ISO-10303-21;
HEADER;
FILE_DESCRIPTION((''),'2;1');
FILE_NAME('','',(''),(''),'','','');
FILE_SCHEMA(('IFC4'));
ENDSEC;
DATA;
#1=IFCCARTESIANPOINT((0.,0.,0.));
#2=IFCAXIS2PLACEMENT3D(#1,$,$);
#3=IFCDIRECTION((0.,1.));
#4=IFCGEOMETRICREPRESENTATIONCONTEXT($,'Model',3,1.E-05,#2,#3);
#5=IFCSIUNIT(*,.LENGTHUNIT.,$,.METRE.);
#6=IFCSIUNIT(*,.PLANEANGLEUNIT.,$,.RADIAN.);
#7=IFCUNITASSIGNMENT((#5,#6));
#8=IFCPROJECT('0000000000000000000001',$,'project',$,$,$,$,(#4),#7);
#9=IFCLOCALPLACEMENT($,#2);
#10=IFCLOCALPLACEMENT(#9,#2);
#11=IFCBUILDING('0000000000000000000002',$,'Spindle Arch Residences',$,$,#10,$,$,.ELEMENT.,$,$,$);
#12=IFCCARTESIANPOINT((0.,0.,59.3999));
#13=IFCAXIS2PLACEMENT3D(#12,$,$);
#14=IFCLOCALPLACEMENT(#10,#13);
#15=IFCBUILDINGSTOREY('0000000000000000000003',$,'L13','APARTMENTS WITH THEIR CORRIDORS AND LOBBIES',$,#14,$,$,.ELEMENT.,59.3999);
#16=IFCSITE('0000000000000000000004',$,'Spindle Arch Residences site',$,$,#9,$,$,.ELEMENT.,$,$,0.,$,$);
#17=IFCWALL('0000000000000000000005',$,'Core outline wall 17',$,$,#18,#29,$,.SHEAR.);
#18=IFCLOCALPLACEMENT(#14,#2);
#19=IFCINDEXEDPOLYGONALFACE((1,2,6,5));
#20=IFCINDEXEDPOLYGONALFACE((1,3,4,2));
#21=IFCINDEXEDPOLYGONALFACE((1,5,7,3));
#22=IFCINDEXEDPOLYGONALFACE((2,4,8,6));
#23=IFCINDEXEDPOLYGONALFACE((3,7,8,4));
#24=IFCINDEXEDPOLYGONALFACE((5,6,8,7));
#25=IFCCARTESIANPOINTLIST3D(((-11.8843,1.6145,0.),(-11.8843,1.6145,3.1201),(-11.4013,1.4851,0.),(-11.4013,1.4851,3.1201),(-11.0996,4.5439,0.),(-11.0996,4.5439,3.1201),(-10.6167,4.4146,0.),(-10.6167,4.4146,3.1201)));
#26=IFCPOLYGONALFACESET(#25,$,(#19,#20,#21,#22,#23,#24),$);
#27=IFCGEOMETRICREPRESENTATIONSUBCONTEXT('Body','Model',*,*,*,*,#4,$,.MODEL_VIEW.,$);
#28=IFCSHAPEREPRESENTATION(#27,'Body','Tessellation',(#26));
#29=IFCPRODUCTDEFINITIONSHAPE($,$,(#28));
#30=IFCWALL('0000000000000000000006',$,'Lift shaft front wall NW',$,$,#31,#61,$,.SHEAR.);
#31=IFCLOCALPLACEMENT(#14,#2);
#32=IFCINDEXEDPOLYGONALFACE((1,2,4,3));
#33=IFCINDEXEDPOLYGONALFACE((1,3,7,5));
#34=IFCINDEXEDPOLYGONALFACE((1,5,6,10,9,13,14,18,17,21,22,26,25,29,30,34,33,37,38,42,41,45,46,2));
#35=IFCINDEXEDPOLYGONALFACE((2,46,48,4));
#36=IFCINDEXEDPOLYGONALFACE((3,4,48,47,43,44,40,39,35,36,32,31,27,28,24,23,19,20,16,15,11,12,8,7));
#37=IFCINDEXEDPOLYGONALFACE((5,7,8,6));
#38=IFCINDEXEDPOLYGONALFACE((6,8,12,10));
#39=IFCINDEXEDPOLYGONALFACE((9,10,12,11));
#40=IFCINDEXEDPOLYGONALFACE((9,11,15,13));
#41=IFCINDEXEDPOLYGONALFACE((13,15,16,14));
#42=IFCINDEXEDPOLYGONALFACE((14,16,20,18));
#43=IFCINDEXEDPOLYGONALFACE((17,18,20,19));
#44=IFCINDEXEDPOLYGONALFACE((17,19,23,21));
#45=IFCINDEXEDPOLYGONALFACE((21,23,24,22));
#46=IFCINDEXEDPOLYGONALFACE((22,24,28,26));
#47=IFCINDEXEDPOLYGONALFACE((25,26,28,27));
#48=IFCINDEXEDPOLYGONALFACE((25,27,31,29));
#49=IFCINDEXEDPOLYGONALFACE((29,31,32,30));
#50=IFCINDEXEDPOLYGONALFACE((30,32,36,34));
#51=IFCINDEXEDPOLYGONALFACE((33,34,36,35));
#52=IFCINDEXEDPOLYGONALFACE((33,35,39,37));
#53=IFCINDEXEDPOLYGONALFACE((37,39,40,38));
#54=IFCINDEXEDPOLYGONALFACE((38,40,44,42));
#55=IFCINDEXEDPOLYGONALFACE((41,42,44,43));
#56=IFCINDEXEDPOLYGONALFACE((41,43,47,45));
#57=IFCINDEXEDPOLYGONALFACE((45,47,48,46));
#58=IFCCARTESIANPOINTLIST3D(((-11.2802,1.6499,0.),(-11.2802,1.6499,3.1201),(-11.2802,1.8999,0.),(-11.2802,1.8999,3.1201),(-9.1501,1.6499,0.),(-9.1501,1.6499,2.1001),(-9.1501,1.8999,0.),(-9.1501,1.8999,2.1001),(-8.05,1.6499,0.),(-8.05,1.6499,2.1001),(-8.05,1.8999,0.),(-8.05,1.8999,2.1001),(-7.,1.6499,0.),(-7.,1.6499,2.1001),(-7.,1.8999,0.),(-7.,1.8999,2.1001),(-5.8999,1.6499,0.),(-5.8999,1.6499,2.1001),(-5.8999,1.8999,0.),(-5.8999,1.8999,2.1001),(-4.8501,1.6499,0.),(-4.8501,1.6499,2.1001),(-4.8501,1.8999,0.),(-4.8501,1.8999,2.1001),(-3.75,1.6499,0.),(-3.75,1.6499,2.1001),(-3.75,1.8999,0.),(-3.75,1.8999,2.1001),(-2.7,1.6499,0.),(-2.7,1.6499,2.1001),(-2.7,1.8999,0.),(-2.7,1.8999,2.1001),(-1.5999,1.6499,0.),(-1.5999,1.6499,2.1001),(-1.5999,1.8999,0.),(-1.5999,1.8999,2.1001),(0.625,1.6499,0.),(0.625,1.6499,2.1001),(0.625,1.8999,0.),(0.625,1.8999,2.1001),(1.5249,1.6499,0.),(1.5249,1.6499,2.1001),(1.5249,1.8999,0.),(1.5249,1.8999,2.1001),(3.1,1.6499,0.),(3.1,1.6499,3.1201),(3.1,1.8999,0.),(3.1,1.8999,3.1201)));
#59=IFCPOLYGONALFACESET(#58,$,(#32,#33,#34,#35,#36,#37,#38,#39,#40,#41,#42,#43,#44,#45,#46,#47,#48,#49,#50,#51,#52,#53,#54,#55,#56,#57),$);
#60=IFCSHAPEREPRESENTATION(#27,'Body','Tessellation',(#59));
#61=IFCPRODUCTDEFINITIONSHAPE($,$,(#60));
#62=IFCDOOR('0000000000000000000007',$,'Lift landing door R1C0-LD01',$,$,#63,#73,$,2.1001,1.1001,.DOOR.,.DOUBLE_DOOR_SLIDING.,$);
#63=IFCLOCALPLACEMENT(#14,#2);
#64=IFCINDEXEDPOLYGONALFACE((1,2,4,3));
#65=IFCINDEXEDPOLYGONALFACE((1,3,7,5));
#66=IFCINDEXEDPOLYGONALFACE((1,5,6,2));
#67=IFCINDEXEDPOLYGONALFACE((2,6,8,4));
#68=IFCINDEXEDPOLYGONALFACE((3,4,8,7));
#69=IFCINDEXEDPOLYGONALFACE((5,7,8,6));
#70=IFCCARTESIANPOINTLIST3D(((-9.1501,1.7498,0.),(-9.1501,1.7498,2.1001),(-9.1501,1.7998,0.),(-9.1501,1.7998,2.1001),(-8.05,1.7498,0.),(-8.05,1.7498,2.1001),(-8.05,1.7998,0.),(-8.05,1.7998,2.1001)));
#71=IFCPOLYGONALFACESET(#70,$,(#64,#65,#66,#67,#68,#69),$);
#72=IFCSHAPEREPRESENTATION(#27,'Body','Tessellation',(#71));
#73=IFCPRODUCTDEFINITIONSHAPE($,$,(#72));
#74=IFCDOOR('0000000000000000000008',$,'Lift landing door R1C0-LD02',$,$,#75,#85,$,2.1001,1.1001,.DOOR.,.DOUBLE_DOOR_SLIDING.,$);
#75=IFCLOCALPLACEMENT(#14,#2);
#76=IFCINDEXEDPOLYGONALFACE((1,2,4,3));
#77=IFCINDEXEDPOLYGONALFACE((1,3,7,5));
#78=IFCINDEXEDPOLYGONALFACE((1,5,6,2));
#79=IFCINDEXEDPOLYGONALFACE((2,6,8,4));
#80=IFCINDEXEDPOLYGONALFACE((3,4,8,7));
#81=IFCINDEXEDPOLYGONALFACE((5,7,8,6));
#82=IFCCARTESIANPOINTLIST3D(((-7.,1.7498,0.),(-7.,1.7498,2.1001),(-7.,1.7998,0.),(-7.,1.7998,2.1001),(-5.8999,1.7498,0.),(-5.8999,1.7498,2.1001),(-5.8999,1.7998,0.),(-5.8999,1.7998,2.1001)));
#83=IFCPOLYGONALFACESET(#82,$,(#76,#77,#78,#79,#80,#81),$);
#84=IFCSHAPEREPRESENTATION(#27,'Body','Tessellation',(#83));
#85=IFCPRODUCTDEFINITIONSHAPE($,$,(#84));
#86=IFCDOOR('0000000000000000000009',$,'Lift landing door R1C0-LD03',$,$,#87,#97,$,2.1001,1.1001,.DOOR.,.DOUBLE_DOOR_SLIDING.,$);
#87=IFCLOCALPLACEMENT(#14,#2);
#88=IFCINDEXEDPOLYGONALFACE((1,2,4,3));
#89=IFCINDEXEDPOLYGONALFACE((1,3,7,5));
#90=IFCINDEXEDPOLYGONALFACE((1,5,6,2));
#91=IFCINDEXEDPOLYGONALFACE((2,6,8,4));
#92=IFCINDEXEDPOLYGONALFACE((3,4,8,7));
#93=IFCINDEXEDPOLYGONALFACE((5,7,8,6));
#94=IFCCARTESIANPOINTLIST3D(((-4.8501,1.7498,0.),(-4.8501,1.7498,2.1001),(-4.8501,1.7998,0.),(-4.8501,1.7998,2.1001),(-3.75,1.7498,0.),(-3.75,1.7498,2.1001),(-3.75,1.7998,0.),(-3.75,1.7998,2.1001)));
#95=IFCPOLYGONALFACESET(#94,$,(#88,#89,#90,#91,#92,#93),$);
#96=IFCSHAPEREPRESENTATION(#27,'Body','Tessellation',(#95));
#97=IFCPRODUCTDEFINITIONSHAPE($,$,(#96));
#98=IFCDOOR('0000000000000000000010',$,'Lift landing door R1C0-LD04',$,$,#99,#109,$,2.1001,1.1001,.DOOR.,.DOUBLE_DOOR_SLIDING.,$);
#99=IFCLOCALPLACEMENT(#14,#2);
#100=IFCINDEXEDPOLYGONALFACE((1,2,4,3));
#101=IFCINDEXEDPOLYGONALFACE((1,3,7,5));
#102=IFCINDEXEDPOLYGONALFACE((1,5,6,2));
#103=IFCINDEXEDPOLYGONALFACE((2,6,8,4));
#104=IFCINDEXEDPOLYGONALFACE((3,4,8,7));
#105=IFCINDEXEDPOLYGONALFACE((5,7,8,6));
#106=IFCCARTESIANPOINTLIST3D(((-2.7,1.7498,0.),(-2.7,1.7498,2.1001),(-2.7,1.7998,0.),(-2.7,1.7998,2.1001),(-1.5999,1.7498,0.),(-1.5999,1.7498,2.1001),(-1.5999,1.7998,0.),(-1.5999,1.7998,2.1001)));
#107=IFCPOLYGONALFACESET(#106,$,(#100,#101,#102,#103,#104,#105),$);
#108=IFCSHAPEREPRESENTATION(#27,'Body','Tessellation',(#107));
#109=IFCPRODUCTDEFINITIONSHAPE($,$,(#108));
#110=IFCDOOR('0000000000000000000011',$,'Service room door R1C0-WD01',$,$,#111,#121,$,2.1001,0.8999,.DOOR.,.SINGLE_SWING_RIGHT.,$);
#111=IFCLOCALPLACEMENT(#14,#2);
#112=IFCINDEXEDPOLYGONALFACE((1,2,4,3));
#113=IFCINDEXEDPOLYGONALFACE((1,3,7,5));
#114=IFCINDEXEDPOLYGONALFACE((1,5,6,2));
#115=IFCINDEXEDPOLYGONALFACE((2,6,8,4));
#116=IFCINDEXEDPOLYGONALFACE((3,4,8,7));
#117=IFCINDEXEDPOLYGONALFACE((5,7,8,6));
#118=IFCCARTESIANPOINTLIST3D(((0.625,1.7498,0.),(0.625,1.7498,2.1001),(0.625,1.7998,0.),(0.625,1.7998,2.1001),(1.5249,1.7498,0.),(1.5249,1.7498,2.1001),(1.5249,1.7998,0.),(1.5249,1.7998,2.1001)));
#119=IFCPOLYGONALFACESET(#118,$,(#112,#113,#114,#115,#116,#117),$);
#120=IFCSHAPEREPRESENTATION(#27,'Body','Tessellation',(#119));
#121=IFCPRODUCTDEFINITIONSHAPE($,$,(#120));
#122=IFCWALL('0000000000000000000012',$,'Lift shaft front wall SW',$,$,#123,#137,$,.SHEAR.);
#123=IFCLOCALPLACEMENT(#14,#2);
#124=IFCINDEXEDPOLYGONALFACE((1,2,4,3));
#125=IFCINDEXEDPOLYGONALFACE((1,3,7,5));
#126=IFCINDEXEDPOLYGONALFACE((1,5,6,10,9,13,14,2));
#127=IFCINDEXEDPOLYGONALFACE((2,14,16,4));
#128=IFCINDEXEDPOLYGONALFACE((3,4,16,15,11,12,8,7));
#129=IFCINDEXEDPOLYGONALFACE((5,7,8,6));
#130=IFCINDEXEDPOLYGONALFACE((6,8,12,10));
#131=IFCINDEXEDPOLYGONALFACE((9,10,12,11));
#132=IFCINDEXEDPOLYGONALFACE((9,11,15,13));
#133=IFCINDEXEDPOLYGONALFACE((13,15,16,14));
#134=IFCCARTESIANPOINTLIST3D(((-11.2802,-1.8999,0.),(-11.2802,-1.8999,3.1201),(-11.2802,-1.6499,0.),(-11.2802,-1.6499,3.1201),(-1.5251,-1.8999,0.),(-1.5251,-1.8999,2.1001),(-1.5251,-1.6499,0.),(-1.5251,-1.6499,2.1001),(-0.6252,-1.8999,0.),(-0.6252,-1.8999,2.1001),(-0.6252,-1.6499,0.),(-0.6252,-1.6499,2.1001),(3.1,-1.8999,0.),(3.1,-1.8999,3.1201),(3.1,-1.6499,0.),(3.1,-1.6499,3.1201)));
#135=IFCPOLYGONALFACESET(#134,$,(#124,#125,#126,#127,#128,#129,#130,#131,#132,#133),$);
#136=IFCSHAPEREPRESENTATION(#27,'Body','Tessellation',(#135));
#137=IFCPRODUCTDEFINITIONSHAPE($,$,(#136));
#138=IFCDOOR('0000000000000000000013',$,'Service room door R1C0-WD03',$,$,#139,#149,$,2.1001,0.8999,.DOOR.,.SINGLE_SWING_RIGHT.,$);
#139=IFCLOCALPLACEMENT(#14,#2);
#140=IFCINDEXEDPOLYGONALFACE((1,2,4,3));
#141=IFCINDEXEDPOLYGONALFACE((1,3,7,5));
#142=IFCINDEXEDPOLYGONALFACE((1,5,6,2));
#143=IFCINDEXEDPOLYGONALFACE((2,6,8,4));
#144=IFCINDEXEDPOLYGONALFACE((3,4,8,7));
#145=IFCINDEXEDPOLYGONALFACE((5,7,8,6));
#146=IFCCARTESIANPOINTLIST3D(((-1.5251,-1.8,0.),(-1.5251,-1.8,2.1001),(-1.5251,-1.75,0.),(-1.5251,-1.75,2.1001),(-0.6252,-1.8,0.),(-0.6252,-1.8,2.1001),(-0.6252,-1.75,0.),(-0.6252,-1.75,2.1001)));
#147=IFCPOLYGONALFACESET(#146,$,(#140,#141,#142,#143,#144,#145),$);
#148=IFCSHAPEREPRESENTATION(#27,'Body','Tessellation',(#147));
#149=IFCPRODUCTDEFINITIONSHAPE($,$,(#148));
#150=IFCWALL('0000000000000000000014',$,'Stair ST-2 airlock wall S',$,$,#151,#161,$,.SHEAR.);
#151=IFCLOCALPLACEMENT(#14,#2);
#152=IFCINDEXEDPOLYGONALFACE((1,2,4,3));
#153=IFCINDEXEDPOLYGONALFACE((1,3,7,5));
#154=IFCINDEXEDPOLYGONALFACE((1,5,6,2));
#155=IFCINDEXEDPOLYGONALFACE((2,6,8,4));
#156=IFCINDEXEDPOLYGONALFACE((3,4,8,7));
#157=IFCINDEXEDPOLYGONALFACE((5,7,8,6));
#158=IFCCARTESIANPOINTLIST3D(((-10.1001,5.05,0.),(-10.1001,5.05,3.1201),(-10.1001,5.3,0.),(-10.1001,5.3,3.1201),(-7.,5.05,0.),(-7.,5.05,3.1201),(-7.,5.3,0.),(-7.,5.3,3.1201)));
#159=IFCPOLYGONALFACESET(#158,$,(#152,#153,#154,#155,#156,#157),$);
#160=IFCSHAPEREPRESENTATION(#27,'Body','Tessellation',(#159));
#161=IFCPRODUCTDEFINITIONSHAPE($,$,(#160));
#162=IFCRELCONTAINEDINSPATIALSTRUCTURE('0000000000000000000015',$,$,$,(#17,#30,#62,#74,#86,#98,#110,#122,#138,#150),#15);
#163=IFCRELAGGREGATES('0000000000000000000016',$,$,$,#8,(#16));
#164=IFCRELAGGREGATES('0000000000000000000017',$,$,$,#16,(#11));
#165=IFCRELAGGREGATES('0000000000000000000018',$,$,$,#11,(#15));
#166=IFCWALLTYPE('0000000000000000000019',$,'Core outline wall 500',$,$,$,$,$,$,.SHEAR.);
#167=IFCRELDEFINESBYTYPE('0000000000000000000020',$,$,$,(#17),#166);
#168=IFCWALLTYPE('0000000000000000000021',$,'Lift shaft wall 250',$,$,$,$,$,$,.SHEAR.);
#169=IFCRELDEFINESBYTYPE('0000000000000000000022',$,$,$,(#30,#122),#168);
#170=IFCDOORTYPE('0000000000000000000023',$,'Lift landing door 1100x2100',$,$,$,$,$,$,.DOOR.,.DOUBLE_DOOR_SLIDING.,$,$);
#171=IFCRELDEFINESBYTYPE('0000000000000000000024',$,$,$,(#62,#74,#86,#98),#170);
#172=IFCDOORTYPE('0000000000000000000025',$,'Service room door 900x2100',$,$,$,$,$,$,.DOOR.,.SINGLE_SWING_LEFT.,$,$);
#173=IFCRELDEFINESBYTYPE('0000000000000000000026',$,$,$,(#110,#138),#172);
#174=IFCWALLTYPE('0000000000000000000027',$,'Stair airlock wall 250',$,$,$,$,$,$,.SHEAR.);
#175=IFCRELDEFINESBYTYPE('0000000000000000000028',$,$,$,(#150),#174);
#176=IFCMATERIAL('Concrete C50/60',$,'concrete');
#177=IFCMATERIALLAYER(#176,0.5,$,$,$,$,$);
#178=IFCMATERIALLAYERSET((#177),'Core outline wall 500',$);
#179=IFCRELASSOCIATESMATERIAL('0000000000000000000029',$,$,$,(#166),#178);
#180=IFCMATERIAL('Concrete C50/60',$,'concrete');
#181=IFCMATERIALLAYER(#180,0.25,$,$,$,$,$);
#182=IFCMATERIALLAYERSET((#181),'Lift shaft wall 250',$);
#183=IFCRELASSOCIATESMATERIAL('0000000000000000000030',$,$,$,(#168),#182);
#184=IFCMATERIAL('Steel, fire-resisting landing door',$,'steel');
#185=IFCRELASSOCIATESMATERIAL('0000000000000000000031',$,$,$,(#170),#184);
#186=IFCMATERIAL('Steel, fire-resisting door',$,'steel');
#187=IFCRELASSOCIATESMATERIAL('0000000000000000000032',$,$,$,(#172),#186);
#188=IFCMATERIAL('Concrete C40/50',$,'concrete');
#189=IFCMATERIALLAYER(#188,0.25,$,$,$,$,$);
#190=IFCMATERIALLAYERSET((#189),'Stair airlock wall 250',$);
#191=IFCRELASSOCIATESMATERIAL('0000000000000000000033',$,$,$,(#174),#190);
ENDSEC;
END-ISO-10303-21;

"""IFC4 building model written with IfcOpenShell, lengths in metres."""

from ifc_helpers import new_model, si_unit, direction, frame, frame_2d, origin, place, context, subcontext, project, spatial, rectangle, extrude, material, layer, layer_set, type_object, element, fill, save


model = new_model("IFC4")

# Units and contexts
model_context = context("Model", 3, precision=1e-05, world=origin(), true_north=direction((0.0, 1.0)))
body_context = subcontext(model_context, "Body", "Model", "MODEL_VIEW")
ifc_project = project(units=[si_unit("LENGTHUNIT", "METRE"), si_unit("PLANEANGLEUNIT", "RADIAN")], contexts=[model_context])

# Site, building, storey
site_placement = place(None, origin())
site = spatial("IfcSite", under=ifc_project, at=site_placement, Name="Spindle Arch Residences site", CompositionType="ELEMENT", RefElevation=0.0)
building_placement = place(site_placement, origin())
building = spatial("IfcBuilding", under=site, at=building_placement, Name="Spindle Arch Residences", CompositionType="ELEMENT")
storey_placement = place(building_placement, frame((0.0, 0.0, 59.3999)))
storey = spatial("IfcBuildingStorey", under=building, at=storey_placement, Name="L13", Description="APARTMENTS WITH THEIR CORRIDORS AND LOBBIES", CompositionType="ELEMENT", Elevation=59.3999)

# Wall
ifc_material_1 = material(Name="Concrete C50/60", Category="concrete")
ifc_layer_1 = layer(ifc_material_1, 0.5)
ifc_layer_set_1 = layer_set([ifc_layer_1], Name="Core outline wall 500")
wall_type_1 = type_object("IfcWallType", Name="Core outline wall 500", PredefinedType="SHEAR", material=ifc_layer_set_1)
wall_1_placement = place(storey_placement, frame((-10.8582, 4.4792, 0.0), z_axis=(0.0, 0.0, 1.0), x_axis=(-0.258735, -0.965948, 0.0)))
element("IfcWall", 1, at=wall_1_placement, inside=storey, type_object=wall_type_1, Name="Core outline wall 17", PredefinedType="SHEAR", context=body_context, shape_type="SweptSolid", body=[
    extrude(rectangle(XDim=3.0327, YDim=0.5, at=frame_2d((1.5164, 0.0))), origin(), (0.0, 0.0, 1.0), 3.1201),
])

# Wall, openings, doors
ifc_material_2 = material(Name="Concrete C50/60", Category="concrete")
ifc_layer_2 = layer(ifc_material_2, 0.25)
ifc_layer_set_2 = layer_set([ifc_layer_2], Name="Lift shaft wall 250")
wall_type_2 = type_object("IfcWallType", Name="Lift shaft wall 250", PredefinedType="SHEAR", material=ifc_layer_set_2)
wall_2_placement = place(storey_placement, frame((-11.28, 1.7749, 0.0), z_axis=(0.0, 0.0, 1.0), x_axis=(1.0, 0.0, 0.0)))
wall_2 = element("IfcWall", 2, at=wall_2_placement, inside=storey, type_object=wall_type_2, Name="Lift shaft front wall NW", PredefinedType="SHEAR", context=body_context, shape_type="SweptSolid", body=[
    extrude(rectangle(XDim=14.3801, YDim=0.25, at=frame_2d((7.1899, 0.0))), origin(), (0.0, 0.0, 1.0), 3.1201),
])
opening_1_placement = place(wall_2_placement, frame((2.1299, 0.0, 0.0)))
opening_1 = element("IfcOpeningElement", 3, at=opening_1_placement, cuts=wall_2, PredefinedType="OPENING", context=body_context, shape_type="SweptSolid", body=[
    extrude(rectangle(XDim=1.1001, YDim=2.1001, at=frame_2d((0.55, 1.05))), frame((0.0, 0.135, 0.0), z_axis=(0.0, -1.0, 0.0), x_axis=(1.0, 0.0, 0.0)), (0.0, 0.0, 1.0), 0.27),
])
opening_2_placement = place(wall_2_placement, frame((4.28, 0.0, 0.0)))
opening_2 = element("IfcOpeningElement", 4, at=opening_2_placement, cuts=wall_2, PredefinedType="OPENING", context=body_context, shape_type="SweptSolid", body=[
    extrude(rectangle(XDim=1.1001, YDim=2.1001, at=frame_2d((0.55, 1.05))), frame((0.0, 0.135, 0.0), z_axis=(0.0, -1.0, 0.0), x_axis=(1.0, 0.0, 0.0)), (0.0, 0.0, 1.0), 0.27),
])
opening_3_placement = place(wall_2_placement, frame((6.4299, 0.0, 0.0)))
opening_3 = element("IfcOpeningElement", 5, at=opening_3_placement, cuts=wall_2, PredefinedType="OPENING", context=body_context, shape_type="SweptSolid", body=[
    extrude(rectangle(XDim=1.1001, YDim=2.1001, at=frame_2d((0.55, 1.05))), frame((0.0, 0.135, 0.0), z_axis=(0.0, -1.0, 0.0), x_axis=(1.0, 0.0, 0.0)), (0.0, 0.0, 1.0), 0.27),
])
opening_4_placement = place(wall_2_placement, frame((8.5801, 0.0, 0.0)))
opening_4 = element("IfcOpeningElement", 6, at=opening_4_placement, cuts=wall_2, PredefinedType="OPENING", context=body_context, shape_type="SweptSolid", body=[
    extrude(rectangle(XDim=1.1001, YDim=2.1001, at=frame_2d((0.55, 1.05))), frame((0.0, 0.135, 0.0), z_axis=(0.0, -1.0, 0.0), x_axis=(1.0, 0.0, 0.0)), (0.0, 0.0, 1.0), 0.27),
])
opening_5_placement = place(wall_2_placement, frame((11.905, 0.0, 0.0)))
opening_5 = element("IfcOpeningElement", 7, at=opening_5_placement, cuts=wall_2, PredefinedType="OPENING", context=body_context, shape_type="SweptSolid", body=[
    extrude(rectangle(XDim=0.8999, YDim=2.1001, at=frame_2d((0.45, 1.05))), frame((0.0, 0.135, 0.0), z_axis=(0.0, -1.0, 0.0), x_axis=(1.0, 0.0, 0.0)), (0.0, 0.0, 1.0), 0.27),
])
ifc_material_3 = material(Name="Steel, fire-resisting landing door", Category="steel")
door_type_1 = type_object("IfcDoorType", Name="Lift landing door 1100x2100", OperationType="DOUBLE_DOOR_SLIDING", PredefinedType="DOOR", material=ifc_material_3)
door_1_placement = place(opening_1_placement, origin())
door_1 = element("IfcDoor", 8, at=door_1_placement, inside=storey, type_object=door_type_1, Name="Lift landing door R1C0-LD01", OperationType="DOUBLE_DOOR_SLIDING", OverallHeight=2.1001, OverallWidth=1.1001, PredefinedType="DOOR", context=body_context, shape_type="SweptSolid", body=[
    extrude(rectangle(XDim=1.1001, YDim=2.1001, at=frame_2d((0.55, 1.05))), frame((0.0, 0.0249, 0.0), z_axis=(0.0, -1.0, 0.0), x_axis=(1.0, 0.0, 0.0)), (0.0, 0.0, 1.0), 0.05),
])
fill(opening_1, door_1)
door_2_placement = place(opening_2_placement, origin())
door_2 = element("IfcDoor", 9, at=door_2_placement, inside=storey, type_object=door_type_1, Name="Lift landing door R1C0-LD02", OperationType="DOUBLE_DOOR_SLIDING", OverallHeight=2.1001, OverallWidth=1.1001, PredefinedType="DOOR", context=body_context, shape_type="SweptSolid", body=[
    extrude(rectangle(XDim=1.1001, YDim=2.1001, at=frame_2d((0.55, 1.05))), frame((0.0, 0.0249, 0.0), z_axis=(0.0, -1.0, 0.0), x_axis=(1.0, 0.0, 0.0)), (0.0, 0.0, 1.0), 0.05),
])
fill(opening_2, door_2)
door_3_placement = place(opening_3_placement, origin())
door_3 = element("IfcDoor", 10, at=door_3_placement, inside=storey, type_object=door_type_1, Name="Lift landing door R1C0-LD03", OperationType="DOUBLE_DOOR_SLIDING", OverallHeight=2.1001, OverallWidth=1.1001, PredefinedType="DOOR", context=body_context, shape_type="SweptSolid", body=[
    extrude(rectangle(XDim=1.1001, YDim=2.1001, at=frame_2d((0.55, 1.05))), frame((0.0, 0.0249, 0.0), z_axis=(0.0, -1.0, 0.0), x_axis=(1.0, 0.0, 0.0)), (0.0, 0.0, 1.0), 0.05),
])
fill(opening_3, door_3)
door_4_placement = place(opening_4_placement, origin())
door_4 = element("IfcDoor", 11, at=door_4_placement, inside=storey, type_object=door_type_1, Name="Lift landing door R1C0-LD04", OperationType="DOUBLE_DOOR_SLIDING", OverallHeight=2.1001, OverallWidth=1.1001, PredefinedType="DOOR", context=body_context, shape_type="SweptSolid", body=[
    extrude(rectangle(XDim=1.1001, YDim=2.1001, at=frame_2d((0.55, 1.05))), frame((0.0, 0.0249, 0.0), z_axis=(0.0, -1.0, 0.0), x_axis=(1.0, 0.0, 0.0)), (0.0, 0.0, 1.0), 0.05),
])
fill(opening_4, door_4)
ifc_material_4 = material(Name="Steel, fire-resisting door", Category="steel")
door_type_2 = type_object("IfcDoorType", Name="Service room door 900x2100", OperationType="SINGLE_SWING_LEFT", PredefinedType="DOOR", material=ifc_material_4)
door_5_placement = place(opening_5_placement, origin())
door_5 = element("IfcDoor", 12, at=door_5_placement, inside=storey, type_object=door_type_2, Name="Service room door R1C0-WD01", OperationType="SINGLE_SWING_RIGHT", OverallHeight=2.1001, OverallWidth=0.8999, PredefinedType="DOOR", context=body_context, shape_type="SweptSolid", body=[
    extrude(rectangle(XDim=0.8999, YDim=2.1001, at=frame_2d((0.45, 1.05))), frame((0.0, 0.0249, 0.0), z_axis=(0.0, -1.0, 0.0), x_axis=(1.0, 0.0, 0.0)), (0.0, 0.0, 1.0), 0.05),
])
fill(opening_5, door_5)

# Wall, opening, door
wall_3_placement = place(storey_placement, frame((-11.28, -1.7749, 0.0), z_axis=(0.0, 0.0, 1.0), x_axis=(1.0, 0.0, 0.0)))
wall_3 = element("IfcWall", 13, at=wall_3_placement, inside=storey, type_object=wall_type_2, Name="Lift shaft front wall SW", PredefinedType="SHEAR", context=body_context, shape_type="SweptSolid", body=[
    extrude(rectangle(XDim=14.3801, YDim=0.25, at=frame_2d((7.1899, 0.0))), origin(), (0.0, 0.0, 1.0), 3.1201),
])
opening_6_placement = place(wall_3_placement, frame((9.7549, 0.0, 0.0)))
opening_6 = element("IfcOpeningElement", 14, at=opening_6_placement, cuts=wall_3, PredefinedType="OPENING", context=body_context, shape_type="SweptSolid", body=[
    extrude(rectangle(XDim=0.8999, YDim=2.1001, at=frame_2d((0.45, 1.05))), frame((0.0, 0.135, 0.0), z_axis=(0.0, -1.0, 0.0), x_axis=(1.0, 0.0, 0.0)), (0.0, 0.0, 1.0), 0.27),
])
door_6_placement = place(opening_6_placement, origin())
door_6 = element("IfcDoor", 15, at=door_6_placement, inside=storey, type_object=door_type_2, Name="Service room door R1C0-WD03", OperationType="SINGLE_SWING_RIGHT", OverallHeight=2.1001, OverallWidth=0.8999, PredefinedType="DOOR", context=body_context, shape_type="SweptSolid", body=[
    extrude(rectangle(XDim=0.8999, YDim=2.1001, at=frame_2d((0.45, 1.05))), frame((0.0, 0.0249, 0.0), z_axis=(0.0, -1.0, 0.0), x_axis=(1.0, 0.0, 0.0)), (0.0, 0.0, 1.0), 0.05),
])
fill(opening_6, door_6)

# Wall
ifc_material_5 = material(Name="Concrete C40/50", Category="concrete")
ifc_layer_3 = layer(ifc_material_5, 0.25)
ifc_layer_set_3 = layer_set([ifc_layer_3], Name="Stair airlock wall 250")
wall_type_3 = type_object("IfcWallType", Name="Stair airlock wall 250", PredefinedType="SHEAR", material=ifc_layer_set_3)
wall_4_placement = place(storey_placement, frame((-7.0, 5.175, 0.0), z_axis=(0.0, 0.0, 1.0), x_axis=(-1.0, 0.0, 0.0)))
element("IfcWall", 16, at=wall_4_placement, inside=storey, type_object=wall_type_3, Name="Stair ST-2 airlock wall S", PredefinedType="SHEAR", context=body_context, shape_type="SweptSolid", body=[
    extrude(rectangle(XDim=3.1001, YDim=0.25, at=frame_2d((1.55, 0.0))), origin(), (0.0, 0.0, 1.0), 3.1201),
])

save(model, "model.ifc")
